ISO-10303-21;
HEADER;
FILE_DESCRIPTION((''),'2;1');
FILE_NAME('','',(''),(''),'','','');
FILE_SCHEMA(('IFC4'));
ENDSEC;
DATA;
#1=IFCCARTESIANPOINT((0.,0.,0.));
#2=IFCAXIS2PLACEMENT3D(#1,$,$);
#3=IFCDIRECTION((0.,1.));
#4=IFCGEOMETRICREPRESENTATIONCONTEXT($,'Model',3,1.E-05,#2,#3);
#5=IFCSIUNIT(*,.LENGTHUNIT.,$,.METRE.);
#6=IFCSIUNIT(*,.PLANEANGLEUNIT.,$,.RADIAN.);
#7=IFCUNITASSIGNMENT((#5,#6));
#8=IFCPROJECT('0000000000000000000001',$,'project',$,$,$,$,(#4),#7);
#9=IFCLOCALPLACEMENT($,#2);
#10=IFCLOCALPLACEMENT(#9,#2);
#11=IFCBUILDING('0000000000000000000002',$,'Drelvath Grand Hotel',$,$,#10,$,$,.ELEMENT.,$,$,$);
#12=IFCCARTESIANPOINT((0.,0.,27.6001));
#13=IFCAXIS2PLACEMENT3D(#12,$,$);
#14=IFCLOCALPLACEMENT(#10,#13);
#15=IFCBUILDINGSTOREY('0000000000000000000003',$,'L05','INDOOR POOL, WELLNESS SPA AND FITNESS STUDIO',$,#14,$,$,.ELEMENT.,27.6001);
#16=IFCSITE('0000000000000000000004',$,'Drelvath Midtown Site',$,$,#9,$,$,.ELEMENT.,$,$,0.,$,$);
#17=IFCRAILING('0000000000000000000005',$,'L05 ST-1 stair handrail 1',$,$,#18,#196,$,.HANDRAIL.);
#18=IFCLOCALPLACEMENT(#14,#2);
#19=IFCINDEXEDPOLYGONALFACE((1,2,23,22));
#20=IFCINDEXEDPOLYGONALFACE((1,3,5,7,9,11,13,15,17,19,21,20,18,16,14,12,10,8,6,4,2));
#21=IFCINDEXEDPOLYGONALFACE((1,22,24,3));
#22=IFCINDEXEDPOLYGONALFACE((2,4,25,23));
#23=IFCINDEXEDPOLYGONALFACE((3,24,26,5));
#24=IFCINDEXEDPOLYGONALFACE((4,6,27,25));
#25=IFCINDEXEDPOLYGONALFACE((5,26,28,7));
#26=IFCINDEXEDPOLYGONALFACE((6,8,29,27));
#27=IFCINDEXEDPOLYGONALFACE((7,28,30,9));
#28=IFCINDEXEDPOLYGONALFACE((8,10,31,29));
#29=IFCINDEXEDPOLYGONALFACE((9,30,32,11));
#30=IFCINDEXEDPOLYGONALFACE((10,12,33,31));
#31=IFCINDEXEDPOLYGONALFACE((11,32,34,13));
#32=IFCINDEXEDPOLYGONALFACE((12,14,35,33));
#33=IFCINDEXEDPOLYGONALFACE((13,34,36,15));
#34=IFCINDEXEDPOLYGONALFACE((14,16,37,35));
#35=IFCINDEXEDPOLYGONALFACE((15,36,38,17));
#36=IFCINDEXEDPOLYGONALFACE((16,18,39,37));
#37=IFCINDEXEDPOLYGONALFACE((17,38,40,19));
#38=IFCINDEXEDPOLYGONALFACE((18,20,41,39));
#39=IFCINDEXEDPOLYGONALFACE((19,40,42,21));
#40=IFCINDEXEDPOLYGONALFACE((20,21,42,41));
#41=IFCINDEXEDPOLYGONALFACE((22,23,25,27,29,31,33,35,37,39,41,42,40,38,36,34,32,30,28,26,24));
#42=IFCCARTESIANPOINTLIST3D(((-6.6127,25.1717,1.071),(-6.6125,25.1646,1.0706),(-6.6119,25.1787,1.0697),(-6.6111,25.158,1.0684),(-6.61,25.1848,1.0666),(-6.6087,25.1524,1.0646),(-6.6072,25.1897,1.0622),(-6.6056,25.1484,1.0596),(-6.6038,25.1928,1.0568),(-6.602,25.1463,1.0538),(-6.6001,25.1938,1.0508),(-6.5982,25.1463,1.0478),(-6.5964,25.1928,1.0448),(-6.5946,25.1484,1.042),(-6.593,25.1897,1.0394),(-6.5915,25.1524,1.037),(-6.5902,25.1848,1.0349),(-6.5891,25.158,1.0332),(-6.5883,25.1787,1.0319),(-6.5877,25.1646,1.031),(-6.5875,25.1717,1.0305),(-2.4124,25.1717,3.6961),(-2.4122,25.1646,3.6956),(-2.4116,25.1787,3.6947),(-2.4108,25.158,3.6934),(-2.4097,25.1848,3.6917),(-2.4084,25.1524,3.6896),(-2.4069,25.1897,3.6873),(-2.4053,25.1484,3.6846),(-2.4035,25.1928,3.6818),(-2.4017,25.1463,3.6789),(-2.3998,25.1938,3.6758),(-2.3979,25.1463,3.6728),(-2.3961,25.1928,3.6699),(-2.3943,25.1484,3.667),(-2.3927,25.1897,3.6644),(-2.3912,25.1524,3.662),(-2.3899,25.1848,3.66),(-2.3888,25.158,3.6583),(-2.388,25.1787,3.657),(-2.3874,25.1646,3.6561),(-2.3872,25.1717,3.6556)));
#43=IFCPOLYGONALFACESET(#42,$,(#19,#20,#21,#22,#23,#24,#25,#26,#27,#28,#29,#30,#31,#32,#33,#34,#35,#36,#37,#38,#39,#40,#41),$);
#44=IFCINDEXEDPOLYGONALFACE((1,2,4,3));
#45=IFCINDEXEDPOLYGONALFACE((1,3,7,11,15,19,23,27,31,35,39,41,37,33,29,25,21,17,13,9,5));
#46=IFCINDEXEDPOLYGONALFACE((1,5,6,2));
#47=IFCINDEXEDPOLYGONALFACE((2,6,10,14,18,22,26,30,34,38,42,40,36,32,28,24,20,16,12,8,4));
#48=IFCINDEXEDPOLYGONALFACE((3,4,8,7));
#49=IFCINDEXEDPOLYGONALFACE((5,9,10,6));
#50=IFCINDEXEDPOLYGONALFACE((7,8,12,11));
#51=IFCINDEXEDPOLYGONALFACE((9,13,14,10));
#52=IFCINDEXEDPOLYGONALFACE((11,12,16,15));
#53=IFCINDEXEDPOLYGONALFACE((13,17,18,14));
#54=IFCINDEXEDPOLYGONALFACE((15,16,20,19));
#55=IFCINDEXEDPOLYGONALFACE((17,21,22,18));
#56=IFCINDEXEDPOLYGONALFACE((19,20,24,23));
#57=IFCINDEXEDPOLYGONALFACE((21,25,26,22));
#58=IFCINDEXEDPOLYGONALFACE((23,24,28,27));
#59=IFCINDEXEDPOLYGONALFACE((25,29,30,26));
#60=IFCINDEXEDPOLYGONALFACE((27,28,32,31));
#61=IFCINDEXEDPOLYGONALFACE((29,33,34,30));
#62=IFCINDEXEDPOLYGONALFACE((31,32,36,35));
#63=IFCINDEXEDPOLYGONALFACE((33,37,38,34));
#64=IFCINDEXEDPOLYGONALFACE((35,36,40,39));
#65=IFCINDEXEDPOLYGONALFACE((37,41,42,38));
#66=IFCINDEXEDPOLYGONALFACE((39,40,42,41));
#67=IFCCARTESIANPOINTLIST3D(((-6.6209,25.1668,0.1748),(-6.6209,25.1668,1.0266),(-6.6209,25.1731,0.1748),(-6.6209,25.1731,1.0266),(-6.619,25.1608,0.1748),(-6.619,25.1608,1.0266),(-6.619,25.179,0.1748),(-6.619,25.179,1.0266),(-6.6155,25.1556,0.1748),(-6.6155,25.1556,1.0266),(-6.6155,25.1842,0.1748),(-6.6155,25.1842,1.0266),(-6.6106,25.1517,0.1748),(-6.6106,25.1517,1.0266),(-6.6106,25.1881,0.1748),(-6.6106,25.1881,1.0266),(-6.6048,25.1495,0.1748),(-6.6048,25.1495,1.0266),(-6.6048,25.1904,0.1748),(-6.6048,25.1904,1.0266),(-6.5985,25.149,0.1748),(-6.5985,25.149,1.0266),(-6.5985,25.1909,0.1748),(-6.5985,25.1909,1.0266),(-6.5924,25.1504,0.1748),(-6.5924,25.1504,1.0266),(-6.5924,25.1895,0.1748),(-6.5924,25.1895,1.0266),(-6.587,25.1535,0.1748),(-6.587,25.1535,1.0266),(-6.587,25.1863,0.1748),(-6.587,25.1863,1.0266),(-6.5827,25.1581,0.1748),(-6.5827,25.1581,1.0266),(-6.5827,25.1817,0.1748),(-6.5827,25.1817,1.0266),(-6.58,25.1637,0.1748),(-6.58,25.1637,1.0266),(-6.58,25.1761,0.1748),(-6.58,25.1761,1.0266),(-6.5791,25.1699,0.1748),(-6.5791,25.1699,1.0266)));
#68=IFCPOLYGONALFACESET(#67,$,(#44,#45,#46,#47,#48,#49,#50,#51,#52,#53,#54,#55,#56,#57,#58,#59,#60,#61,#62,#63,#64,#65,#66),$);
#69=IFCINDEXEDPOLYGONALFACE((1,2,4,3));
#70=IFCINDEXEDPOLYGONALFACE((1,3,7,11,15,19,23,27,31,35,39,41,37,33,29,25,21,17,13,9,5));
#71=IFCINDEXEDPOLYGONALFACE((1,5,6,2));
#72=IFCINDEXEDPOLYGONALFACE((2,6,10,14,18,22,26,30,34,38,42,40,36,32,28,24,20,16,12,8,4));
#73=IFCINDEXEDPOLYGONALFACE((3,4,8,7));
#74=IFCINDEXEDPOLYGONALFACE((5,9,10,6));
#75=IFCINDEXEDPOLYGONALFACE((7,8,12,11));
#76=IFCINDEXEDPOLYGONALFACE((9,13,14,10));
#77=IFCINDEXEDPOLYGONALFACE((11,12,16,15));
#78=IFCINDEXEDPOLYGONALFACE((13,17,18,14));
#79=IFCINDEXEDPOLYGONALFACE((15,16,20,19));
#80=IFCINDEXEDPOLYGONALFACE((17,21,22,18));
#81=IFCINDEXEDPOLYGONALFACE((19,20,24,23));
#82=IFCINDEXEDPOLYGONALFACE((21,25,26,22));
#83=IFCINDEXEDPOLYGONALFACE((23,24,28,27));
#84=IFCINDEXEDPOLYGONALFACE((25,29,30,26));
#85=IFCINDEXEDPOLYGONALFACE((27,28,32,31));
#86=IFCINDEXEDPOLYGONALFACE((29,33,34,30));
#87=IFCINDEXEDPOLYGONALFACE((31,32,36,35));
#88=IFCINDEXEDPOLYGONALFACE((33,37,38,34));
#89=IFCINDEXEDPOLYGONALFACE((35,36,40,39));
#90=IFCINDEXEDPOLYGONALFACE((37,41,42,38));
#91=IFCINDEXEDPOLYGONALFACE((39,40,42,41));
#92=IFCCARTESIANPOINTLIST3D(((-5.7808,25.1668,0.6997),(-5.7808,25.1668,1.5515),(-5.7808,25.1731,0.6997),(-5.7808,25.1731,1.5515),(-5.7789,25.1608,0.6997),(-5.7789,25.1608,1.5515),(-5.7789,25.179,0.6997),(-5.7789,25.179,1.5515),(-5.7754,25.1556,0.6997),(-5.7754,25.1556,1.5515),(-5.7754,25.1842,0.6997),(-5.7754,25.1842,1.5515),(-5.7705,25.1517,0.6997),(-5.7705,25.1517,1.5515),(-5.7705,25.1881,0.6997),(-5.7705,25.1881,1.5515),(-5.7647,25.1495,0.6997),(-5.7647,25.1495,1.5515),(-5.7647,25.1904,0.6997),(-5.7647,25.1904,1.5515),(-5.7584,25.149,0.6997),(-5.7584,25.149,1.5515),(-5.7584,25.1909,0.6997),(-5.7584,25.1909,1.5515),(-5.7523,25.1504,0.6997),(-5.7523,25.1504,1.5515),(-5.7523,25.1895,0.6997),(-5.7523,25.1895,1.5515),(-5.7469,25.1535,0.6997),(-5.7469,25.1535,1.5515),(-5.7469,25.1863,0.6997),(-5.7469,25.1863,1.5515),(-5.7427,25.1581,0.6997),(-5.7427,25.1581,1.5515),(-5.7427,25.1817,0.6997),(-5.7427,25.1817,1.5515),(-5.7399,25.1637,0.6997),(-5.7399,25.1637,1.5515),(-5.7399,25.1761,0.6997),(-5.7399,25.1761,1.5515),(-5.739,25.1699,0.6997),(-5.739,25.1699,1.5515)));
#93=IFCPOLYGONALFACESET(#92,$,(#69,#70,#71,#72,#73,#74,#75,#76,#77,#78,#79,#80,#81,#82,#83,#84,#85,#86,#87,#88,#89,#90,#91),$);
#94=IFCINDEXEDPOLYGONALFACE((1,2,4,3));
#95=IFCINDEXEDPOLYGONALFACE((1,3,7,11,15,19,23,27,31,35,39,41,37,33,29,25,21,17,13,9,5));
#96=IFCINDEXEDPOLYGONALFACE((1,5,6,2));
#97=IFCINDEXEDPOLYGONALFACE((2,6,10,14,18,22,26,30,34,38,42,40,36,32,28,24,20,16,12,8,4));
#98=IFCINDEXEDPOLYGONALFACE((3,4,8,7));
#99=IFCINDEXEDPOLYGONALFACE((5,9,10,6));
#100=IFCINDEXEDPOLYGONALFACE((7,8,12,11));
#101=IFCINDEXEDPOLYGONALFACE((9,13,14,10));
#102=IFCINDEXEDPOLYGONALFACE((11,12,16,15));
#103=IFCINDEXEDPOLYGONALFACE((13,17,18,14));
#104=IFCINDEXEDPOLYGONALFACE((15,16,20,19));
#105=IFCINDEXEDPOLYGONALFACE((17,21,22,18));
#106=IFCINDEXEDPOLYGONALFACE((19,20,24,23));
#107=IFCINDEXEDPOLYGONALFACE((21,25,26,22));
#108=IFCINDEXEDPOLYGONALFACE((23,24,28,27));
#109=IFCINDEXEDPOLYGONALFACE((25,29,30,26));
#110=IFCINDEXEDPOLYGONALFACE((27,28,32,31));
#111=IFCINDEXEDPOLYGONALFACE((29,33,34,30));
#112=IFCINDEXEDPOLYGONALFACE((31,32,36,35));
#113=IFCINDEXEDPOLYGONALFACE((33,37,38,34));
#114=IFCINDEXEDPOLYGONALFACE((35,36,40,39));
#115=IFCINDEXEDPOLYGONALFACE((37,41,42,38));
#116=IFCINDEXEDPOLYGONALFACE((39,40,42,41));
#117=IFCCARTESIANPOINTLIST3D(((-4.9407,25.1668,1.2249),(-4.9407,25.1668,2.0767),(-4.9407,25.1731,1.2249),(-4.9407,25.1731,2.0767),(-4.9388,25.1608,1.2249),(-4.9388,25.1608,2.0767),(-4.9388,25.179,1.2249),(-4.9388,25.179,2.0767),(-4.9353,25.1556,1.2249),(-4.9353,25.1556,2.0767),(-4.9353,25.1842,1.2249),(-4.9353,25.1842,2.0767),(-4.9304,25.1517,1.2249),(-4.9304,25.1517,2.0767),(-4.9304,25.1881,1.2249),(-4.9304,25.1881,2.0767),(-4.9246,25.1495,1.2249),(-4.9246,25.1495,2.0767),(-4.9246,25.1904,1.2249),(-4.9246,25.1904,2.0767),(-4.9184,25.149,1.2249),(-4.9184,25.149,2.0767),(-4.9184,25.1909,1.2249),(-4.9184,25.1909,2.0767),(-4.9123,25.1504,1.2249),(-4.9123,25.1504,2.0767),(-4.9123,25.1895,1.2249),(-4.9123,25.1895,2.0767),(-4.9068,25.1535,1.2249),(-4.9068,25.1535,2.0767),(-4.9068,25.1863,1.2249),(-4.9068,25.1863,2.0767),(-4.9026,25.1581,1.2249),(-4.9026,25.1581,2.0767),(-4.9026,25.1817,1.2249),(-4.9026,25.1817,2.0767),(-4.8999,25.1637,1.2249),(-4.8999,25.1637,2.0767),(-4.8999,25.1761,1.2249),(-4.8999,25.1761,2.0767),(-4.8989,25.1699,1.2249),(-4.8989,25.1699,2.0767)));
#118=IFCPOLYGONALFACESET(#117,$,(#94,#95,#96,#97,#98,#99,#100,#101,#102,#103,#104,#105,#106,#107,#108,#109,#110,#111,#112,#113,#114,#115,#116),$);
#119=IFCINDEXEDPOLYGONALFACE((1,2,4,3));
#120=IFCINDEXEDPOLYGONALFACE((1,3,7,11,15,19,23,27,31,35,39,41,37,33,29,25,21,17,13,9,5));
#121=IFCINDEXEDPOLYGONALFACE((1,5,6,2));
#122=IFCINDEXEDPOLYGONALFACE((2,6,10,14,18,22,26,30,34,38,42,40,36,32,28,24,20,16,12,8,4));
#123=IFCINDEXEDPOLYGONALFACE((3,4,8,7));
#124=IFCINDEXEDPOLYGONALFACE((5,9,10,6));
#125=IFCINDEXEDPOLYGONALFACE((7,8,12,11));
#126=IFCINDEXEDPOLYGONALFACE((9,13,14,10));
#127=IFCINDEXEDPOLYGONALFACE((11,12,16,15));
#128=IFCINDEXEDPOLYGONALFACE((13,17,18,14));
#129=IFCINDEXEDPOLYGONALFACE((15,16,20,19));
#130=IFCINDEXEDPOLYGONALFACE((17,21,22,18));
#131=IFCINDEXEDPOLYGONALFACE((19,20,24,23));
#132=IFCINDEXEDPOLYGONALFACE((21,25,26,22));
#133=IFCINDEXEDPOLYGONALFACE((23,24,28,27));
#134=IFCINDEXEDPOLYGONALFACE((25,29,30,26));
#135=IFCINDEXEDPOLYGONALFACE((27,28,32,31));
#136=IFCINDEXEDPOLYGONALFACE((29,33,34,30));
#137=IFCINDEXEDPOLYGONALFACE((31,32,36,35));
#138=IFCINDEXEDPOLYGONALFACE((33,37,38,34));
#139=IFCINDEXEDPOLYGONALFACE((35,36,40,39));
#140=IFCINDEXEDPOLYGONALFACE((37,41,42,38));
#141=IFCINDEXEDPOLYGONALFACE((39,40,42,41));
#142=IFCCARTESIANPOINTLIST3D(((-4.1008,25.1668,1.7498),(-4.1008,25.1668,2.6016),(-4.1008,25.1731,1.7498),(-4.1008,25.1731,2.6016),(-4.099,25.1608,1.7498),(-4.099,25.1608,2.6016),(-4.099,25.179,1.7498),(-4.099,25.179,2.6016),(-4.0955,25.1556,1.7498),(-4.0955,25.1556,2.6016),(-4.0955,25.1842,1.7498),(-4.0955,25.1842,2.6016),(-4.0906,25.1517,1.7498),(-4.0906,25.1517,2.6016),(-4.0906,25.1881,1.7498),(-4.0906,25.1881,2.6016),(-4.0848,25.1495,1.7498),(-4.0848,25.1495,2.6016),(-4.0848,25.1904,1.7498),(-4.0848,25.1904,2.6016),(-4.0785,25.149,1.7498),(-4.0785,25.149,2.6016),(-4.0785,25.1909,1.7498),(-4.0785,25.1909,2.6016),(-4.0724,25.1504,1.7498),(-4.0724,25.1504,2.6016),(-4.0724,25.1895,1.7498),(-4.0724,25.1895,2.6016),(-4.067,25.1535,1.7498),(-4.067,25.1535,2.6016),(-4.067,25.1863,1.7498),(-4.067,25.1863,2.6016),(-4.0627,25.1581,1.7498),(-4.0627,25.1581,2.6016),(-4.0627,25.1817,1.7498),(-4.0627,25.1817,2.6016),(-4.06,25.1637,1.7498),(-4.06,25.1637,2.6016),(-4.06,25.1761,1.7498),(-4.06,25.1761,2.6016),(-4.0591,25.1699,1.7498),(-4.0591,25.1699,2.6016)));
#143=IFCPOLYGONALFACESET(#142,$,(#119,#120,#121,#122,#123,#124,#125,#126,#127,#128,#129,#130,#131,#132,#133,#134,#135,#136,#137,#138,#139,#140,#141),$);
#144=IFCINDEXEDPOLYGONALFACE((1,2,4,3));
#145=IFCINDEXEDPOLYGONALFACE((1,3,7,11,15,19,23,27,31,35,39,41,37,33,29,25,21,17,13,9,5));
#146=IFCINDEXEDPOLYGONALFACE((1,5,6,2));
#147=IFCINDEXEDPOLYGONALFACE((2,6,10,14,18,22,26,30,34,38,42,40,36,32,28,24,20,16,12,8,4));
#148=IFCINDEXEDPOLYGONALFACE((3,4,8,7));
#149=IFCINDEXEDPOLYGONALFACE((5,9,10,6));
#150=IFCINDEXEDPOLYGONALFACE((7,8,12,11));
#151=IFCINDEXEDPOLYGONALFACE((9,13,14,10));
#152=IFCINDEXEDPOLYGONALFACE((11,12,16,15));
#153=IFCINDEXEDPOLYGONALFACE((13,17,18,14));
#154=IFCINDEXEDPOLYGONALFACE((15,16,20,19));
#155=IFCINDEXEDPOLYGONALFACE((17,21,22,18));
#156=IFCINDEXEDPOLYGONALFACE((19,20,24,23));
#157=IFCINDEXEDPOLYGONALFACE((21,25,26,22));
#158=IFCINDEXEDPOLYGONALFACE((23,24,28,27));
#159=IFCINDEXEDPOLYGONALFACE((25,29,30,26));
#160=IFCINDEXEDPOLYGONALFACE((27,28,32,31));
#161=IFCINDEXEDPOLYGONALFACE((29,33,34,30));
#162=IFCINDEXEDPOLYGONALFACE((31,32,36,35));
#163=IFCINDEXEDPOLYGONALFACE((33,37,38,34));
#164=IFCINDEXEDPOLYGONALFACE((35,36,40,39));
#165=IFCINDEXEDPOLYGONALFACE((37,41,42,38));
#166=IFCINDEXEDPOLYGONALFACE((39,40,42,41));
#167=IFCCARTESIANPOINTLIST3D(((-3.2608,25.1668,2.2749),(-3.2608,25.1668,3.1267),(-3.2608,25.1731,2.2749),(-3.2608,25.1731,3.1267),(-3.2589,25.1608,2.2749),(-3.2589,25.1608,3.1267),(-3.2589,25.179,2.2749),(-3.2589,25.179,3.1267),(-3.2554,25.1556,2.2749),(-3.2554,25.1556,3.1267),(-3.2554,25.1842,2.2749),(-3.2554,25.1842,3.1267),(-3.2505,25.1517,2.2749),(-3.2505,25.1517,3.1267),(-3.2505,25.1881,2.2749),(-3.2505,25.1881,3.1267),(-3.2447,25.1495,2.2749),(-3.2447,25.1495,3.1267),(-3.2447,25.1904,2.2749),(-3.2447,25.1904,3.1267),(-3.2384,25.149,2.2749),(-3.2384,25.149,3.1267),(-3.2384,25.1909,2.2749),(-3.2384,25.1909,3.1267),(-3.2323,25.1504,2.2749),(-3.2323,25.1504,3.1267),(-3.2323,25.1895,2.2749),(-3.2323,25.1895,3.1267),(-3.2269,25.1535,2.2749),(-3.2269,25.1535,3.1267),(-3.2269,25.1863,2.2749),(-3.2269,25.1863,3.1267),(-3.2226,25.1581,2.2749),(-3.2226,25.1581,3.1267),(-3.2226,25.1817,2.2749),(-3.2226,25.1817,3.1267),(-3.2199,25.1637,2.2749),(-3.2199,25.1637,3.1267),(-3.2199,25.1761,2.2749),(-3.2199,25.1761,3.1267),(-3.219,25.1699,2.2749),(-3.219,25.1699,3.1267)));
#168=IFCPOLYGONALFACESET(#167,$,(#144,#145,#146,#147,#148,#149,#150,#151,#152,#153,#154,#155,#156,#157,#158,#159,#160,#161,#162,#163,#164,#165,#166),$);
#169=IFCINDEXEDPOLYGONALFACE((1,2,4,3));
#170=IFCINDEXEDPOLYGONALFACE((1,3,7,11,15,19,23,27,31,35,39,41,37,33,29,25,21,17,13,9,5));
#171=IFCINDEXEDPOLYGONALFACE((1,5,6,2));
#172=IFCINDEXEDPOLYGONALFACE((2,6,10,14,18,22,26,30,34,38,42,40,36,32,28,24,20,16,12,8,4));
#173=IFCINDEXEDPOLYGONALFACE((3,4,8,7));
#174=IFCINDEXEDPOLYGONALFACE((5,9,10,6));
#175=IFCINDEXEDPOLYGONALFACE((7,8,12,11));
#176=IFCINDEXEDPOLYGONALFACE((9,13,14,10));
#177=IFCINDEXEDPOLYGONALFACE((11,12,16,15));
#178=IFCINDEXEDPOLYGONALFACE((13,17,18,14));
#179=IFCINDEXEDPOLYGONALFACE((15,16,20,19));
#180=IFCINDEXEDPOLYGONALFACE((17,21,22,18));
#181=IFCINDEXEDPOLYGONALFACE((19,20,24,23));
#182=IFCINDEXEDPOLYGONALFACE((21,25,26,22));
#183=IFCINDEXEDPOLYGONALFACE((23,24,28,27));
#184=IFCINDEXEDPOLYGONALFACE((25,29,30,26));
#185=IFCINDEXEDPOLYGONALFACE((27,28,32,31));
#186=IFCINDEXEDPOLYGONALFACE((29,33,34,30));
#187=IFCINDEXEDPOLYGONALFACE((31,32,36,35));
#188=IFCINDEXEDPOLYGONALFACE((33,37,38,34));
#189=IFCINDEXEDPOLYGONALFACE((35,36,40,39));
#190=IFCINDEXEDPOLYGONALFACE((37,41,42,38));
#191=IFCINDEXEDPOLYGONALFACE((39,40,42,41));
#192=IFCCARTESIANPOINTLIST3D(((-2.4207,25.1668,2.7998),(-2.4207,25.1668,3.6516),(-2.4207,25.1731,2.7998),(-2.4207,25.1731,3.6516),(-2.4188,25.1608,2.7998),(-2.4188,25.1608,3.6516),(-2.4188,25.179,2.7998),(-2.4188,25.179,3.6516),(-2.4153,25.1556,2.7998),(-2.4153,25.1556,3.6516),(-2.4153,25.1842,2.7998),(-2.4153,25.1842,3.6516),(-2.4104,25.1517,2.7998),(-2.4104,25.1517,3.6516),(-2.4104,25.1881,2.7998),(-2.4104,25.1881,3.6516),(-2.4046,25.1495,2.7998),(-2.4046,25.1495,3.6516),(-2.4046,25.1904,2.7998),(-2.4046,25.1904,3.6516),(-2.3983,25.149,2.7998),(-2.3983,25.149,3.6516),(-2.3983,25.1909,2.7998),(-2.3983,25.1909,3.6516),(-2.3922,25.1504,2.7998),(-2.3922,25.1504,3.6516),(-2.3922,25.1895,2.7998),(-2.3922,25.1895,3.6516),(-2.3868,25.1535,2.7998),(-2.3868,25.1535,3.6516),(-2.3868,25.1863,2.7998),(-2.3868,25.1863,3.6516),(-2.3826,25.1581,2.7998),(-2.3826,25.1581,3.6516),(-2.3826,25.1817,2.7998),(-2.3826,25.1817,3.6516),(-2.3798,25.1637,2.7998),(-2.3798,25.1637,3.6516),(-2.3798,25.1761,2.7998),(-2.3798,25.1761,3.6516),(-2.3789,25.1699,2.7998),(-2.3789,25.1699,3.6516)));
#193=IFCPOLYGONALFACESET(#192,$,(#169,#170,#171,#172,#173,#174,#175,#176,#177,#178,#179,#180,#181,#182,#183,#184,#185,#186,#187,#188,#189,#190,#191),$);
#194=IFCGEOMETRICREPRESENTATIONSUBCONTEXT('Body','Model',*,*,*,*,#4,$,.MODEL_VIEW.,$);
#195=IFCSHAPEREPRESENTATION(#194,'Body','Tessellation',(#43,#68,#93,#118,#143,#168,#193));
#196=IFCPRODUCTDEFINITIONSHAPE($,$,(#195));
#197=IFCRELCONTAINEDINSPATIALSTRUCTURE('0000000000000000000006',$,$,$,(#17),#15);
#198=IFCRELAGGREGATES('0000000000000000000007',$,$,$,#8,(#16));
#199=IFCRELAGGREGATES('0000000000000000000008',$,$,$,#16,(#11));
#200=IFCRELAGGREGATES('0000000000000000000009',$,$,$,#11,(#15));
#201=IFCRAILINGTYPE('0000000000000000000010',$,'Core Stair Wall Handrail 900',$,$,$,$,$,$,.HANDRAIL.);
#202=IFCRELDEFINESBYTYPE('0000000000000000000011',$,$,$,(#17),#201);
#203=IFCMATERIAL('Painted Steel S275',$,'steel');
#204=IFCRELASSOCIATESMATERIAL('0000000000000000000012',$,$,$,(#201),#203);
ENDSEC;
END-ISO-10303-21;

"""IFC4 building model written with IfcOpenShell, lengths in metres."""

from ifc_helpers import new_model, si_unit, direction, frame, origin, origin_2d, place, context, subcontext, project, spatial, circle, extrude, material, type_object, element, save


model = new_model("IFC4")

# Units and contexts
model_context = context("Model", 3, precision=1e-05, world=origin(), true_north=direction((0.0, 1.0)))
body_context = subcontext(model_context, "Body", "Model", "MODEL_VIEW")
ifc_project = project(units=[si_unit("LENGTHUNIT", "METRE"), si_unit("PLANEANGLEUNIT", "RADIAN")], contexts=[model_context])

# Site, building, storey
site_placement = place(None, origin())
site = spatial("IfcSite", under=ifc_project, at=site_placement, Name="Drelvath Midtown Site", CompositionType="ELEMENT", RefElevation=0.0)
building_placement = place(site_placement, origin())
building = spatial("IfcBuilding", under=site, at=building_placement, Name="Drelvath Grand Hotel", CompositionType="ELEMENT")
storey_placement = place(building_placement, frame((0.0, 0.0, 27.6001)))
storey = spatial("IfcBuildingStorey", under=building, at=storey_placement, Name="L05", Description="INDOOR POOL, WELLNESS SPA AND FITNESS STUDIO", CompositionType="ELEMENT", Elevation=27.6001)

# Shared definitions
ifc_material_1 = material(Name="Painted Steel S275", Category="steel")

# Railing
railing_type_1 = type_object("IfcRailingType", Name="Core Stair Wall Handrail 900", PredefinedType="HANDRAIL", material=ifc_material_1)
railing_1_placement = place(storey_placement, frame((-6.6001, 25.1699, 0.1748)))
element("IfcRailing", 1, at=railing_1_placement, inside=storey, type_object=railing_type_1, Name="L05 ST-1 stair handrail 1", PredefinedType="HANDRAIL", context=body_context, shape_type="SweptSolid", body=[
    extrude(circle(Radius=0.0239, at=origin_2d()), frame((0.0, 0.0, 0.876), z_axis=(0.848009, 0.0, 0.529981), x_axis=(0.0, 1.0, 0.0)), (0.0, 0.0, 1.0), 4.9531),
    extrude(circle(Radius=0.021, at=origin_2d()), origin(), (0.0, 0.0, 1.0), 0.8518),
    extrude(circle(Radius=0.021, at=origin_2d()), frame((0.8401, 0.0, 0.5249)), (0.0, 0.0, 1.0), 0.8518),
    extrude(circle(Radius=0.021, at=origin_2d()), frame((1.6802, 0.0, 1.05)), (0.0, 0.0, 1.0), 0.8518),
    extrude(circle(Radius=0.021, at=origin_2d()), frame((2.52, 0.0, 1.575)), (0.0, 0.0, 1.0), 0.8518),
    extrude(circle(Radius=0.021, at=origin_2d()), frame((3.3601, 0.0, 2.1001)), (0.0, 0.0, 1.0), 0.8518),
    extrude(circle(Radius=0.021, at=origin_2d()), frame((4.2002, 0.0, 2.625)), (0.0, 0.0, 1.0), 0.8518),
])

save(model, "model.ifc")
